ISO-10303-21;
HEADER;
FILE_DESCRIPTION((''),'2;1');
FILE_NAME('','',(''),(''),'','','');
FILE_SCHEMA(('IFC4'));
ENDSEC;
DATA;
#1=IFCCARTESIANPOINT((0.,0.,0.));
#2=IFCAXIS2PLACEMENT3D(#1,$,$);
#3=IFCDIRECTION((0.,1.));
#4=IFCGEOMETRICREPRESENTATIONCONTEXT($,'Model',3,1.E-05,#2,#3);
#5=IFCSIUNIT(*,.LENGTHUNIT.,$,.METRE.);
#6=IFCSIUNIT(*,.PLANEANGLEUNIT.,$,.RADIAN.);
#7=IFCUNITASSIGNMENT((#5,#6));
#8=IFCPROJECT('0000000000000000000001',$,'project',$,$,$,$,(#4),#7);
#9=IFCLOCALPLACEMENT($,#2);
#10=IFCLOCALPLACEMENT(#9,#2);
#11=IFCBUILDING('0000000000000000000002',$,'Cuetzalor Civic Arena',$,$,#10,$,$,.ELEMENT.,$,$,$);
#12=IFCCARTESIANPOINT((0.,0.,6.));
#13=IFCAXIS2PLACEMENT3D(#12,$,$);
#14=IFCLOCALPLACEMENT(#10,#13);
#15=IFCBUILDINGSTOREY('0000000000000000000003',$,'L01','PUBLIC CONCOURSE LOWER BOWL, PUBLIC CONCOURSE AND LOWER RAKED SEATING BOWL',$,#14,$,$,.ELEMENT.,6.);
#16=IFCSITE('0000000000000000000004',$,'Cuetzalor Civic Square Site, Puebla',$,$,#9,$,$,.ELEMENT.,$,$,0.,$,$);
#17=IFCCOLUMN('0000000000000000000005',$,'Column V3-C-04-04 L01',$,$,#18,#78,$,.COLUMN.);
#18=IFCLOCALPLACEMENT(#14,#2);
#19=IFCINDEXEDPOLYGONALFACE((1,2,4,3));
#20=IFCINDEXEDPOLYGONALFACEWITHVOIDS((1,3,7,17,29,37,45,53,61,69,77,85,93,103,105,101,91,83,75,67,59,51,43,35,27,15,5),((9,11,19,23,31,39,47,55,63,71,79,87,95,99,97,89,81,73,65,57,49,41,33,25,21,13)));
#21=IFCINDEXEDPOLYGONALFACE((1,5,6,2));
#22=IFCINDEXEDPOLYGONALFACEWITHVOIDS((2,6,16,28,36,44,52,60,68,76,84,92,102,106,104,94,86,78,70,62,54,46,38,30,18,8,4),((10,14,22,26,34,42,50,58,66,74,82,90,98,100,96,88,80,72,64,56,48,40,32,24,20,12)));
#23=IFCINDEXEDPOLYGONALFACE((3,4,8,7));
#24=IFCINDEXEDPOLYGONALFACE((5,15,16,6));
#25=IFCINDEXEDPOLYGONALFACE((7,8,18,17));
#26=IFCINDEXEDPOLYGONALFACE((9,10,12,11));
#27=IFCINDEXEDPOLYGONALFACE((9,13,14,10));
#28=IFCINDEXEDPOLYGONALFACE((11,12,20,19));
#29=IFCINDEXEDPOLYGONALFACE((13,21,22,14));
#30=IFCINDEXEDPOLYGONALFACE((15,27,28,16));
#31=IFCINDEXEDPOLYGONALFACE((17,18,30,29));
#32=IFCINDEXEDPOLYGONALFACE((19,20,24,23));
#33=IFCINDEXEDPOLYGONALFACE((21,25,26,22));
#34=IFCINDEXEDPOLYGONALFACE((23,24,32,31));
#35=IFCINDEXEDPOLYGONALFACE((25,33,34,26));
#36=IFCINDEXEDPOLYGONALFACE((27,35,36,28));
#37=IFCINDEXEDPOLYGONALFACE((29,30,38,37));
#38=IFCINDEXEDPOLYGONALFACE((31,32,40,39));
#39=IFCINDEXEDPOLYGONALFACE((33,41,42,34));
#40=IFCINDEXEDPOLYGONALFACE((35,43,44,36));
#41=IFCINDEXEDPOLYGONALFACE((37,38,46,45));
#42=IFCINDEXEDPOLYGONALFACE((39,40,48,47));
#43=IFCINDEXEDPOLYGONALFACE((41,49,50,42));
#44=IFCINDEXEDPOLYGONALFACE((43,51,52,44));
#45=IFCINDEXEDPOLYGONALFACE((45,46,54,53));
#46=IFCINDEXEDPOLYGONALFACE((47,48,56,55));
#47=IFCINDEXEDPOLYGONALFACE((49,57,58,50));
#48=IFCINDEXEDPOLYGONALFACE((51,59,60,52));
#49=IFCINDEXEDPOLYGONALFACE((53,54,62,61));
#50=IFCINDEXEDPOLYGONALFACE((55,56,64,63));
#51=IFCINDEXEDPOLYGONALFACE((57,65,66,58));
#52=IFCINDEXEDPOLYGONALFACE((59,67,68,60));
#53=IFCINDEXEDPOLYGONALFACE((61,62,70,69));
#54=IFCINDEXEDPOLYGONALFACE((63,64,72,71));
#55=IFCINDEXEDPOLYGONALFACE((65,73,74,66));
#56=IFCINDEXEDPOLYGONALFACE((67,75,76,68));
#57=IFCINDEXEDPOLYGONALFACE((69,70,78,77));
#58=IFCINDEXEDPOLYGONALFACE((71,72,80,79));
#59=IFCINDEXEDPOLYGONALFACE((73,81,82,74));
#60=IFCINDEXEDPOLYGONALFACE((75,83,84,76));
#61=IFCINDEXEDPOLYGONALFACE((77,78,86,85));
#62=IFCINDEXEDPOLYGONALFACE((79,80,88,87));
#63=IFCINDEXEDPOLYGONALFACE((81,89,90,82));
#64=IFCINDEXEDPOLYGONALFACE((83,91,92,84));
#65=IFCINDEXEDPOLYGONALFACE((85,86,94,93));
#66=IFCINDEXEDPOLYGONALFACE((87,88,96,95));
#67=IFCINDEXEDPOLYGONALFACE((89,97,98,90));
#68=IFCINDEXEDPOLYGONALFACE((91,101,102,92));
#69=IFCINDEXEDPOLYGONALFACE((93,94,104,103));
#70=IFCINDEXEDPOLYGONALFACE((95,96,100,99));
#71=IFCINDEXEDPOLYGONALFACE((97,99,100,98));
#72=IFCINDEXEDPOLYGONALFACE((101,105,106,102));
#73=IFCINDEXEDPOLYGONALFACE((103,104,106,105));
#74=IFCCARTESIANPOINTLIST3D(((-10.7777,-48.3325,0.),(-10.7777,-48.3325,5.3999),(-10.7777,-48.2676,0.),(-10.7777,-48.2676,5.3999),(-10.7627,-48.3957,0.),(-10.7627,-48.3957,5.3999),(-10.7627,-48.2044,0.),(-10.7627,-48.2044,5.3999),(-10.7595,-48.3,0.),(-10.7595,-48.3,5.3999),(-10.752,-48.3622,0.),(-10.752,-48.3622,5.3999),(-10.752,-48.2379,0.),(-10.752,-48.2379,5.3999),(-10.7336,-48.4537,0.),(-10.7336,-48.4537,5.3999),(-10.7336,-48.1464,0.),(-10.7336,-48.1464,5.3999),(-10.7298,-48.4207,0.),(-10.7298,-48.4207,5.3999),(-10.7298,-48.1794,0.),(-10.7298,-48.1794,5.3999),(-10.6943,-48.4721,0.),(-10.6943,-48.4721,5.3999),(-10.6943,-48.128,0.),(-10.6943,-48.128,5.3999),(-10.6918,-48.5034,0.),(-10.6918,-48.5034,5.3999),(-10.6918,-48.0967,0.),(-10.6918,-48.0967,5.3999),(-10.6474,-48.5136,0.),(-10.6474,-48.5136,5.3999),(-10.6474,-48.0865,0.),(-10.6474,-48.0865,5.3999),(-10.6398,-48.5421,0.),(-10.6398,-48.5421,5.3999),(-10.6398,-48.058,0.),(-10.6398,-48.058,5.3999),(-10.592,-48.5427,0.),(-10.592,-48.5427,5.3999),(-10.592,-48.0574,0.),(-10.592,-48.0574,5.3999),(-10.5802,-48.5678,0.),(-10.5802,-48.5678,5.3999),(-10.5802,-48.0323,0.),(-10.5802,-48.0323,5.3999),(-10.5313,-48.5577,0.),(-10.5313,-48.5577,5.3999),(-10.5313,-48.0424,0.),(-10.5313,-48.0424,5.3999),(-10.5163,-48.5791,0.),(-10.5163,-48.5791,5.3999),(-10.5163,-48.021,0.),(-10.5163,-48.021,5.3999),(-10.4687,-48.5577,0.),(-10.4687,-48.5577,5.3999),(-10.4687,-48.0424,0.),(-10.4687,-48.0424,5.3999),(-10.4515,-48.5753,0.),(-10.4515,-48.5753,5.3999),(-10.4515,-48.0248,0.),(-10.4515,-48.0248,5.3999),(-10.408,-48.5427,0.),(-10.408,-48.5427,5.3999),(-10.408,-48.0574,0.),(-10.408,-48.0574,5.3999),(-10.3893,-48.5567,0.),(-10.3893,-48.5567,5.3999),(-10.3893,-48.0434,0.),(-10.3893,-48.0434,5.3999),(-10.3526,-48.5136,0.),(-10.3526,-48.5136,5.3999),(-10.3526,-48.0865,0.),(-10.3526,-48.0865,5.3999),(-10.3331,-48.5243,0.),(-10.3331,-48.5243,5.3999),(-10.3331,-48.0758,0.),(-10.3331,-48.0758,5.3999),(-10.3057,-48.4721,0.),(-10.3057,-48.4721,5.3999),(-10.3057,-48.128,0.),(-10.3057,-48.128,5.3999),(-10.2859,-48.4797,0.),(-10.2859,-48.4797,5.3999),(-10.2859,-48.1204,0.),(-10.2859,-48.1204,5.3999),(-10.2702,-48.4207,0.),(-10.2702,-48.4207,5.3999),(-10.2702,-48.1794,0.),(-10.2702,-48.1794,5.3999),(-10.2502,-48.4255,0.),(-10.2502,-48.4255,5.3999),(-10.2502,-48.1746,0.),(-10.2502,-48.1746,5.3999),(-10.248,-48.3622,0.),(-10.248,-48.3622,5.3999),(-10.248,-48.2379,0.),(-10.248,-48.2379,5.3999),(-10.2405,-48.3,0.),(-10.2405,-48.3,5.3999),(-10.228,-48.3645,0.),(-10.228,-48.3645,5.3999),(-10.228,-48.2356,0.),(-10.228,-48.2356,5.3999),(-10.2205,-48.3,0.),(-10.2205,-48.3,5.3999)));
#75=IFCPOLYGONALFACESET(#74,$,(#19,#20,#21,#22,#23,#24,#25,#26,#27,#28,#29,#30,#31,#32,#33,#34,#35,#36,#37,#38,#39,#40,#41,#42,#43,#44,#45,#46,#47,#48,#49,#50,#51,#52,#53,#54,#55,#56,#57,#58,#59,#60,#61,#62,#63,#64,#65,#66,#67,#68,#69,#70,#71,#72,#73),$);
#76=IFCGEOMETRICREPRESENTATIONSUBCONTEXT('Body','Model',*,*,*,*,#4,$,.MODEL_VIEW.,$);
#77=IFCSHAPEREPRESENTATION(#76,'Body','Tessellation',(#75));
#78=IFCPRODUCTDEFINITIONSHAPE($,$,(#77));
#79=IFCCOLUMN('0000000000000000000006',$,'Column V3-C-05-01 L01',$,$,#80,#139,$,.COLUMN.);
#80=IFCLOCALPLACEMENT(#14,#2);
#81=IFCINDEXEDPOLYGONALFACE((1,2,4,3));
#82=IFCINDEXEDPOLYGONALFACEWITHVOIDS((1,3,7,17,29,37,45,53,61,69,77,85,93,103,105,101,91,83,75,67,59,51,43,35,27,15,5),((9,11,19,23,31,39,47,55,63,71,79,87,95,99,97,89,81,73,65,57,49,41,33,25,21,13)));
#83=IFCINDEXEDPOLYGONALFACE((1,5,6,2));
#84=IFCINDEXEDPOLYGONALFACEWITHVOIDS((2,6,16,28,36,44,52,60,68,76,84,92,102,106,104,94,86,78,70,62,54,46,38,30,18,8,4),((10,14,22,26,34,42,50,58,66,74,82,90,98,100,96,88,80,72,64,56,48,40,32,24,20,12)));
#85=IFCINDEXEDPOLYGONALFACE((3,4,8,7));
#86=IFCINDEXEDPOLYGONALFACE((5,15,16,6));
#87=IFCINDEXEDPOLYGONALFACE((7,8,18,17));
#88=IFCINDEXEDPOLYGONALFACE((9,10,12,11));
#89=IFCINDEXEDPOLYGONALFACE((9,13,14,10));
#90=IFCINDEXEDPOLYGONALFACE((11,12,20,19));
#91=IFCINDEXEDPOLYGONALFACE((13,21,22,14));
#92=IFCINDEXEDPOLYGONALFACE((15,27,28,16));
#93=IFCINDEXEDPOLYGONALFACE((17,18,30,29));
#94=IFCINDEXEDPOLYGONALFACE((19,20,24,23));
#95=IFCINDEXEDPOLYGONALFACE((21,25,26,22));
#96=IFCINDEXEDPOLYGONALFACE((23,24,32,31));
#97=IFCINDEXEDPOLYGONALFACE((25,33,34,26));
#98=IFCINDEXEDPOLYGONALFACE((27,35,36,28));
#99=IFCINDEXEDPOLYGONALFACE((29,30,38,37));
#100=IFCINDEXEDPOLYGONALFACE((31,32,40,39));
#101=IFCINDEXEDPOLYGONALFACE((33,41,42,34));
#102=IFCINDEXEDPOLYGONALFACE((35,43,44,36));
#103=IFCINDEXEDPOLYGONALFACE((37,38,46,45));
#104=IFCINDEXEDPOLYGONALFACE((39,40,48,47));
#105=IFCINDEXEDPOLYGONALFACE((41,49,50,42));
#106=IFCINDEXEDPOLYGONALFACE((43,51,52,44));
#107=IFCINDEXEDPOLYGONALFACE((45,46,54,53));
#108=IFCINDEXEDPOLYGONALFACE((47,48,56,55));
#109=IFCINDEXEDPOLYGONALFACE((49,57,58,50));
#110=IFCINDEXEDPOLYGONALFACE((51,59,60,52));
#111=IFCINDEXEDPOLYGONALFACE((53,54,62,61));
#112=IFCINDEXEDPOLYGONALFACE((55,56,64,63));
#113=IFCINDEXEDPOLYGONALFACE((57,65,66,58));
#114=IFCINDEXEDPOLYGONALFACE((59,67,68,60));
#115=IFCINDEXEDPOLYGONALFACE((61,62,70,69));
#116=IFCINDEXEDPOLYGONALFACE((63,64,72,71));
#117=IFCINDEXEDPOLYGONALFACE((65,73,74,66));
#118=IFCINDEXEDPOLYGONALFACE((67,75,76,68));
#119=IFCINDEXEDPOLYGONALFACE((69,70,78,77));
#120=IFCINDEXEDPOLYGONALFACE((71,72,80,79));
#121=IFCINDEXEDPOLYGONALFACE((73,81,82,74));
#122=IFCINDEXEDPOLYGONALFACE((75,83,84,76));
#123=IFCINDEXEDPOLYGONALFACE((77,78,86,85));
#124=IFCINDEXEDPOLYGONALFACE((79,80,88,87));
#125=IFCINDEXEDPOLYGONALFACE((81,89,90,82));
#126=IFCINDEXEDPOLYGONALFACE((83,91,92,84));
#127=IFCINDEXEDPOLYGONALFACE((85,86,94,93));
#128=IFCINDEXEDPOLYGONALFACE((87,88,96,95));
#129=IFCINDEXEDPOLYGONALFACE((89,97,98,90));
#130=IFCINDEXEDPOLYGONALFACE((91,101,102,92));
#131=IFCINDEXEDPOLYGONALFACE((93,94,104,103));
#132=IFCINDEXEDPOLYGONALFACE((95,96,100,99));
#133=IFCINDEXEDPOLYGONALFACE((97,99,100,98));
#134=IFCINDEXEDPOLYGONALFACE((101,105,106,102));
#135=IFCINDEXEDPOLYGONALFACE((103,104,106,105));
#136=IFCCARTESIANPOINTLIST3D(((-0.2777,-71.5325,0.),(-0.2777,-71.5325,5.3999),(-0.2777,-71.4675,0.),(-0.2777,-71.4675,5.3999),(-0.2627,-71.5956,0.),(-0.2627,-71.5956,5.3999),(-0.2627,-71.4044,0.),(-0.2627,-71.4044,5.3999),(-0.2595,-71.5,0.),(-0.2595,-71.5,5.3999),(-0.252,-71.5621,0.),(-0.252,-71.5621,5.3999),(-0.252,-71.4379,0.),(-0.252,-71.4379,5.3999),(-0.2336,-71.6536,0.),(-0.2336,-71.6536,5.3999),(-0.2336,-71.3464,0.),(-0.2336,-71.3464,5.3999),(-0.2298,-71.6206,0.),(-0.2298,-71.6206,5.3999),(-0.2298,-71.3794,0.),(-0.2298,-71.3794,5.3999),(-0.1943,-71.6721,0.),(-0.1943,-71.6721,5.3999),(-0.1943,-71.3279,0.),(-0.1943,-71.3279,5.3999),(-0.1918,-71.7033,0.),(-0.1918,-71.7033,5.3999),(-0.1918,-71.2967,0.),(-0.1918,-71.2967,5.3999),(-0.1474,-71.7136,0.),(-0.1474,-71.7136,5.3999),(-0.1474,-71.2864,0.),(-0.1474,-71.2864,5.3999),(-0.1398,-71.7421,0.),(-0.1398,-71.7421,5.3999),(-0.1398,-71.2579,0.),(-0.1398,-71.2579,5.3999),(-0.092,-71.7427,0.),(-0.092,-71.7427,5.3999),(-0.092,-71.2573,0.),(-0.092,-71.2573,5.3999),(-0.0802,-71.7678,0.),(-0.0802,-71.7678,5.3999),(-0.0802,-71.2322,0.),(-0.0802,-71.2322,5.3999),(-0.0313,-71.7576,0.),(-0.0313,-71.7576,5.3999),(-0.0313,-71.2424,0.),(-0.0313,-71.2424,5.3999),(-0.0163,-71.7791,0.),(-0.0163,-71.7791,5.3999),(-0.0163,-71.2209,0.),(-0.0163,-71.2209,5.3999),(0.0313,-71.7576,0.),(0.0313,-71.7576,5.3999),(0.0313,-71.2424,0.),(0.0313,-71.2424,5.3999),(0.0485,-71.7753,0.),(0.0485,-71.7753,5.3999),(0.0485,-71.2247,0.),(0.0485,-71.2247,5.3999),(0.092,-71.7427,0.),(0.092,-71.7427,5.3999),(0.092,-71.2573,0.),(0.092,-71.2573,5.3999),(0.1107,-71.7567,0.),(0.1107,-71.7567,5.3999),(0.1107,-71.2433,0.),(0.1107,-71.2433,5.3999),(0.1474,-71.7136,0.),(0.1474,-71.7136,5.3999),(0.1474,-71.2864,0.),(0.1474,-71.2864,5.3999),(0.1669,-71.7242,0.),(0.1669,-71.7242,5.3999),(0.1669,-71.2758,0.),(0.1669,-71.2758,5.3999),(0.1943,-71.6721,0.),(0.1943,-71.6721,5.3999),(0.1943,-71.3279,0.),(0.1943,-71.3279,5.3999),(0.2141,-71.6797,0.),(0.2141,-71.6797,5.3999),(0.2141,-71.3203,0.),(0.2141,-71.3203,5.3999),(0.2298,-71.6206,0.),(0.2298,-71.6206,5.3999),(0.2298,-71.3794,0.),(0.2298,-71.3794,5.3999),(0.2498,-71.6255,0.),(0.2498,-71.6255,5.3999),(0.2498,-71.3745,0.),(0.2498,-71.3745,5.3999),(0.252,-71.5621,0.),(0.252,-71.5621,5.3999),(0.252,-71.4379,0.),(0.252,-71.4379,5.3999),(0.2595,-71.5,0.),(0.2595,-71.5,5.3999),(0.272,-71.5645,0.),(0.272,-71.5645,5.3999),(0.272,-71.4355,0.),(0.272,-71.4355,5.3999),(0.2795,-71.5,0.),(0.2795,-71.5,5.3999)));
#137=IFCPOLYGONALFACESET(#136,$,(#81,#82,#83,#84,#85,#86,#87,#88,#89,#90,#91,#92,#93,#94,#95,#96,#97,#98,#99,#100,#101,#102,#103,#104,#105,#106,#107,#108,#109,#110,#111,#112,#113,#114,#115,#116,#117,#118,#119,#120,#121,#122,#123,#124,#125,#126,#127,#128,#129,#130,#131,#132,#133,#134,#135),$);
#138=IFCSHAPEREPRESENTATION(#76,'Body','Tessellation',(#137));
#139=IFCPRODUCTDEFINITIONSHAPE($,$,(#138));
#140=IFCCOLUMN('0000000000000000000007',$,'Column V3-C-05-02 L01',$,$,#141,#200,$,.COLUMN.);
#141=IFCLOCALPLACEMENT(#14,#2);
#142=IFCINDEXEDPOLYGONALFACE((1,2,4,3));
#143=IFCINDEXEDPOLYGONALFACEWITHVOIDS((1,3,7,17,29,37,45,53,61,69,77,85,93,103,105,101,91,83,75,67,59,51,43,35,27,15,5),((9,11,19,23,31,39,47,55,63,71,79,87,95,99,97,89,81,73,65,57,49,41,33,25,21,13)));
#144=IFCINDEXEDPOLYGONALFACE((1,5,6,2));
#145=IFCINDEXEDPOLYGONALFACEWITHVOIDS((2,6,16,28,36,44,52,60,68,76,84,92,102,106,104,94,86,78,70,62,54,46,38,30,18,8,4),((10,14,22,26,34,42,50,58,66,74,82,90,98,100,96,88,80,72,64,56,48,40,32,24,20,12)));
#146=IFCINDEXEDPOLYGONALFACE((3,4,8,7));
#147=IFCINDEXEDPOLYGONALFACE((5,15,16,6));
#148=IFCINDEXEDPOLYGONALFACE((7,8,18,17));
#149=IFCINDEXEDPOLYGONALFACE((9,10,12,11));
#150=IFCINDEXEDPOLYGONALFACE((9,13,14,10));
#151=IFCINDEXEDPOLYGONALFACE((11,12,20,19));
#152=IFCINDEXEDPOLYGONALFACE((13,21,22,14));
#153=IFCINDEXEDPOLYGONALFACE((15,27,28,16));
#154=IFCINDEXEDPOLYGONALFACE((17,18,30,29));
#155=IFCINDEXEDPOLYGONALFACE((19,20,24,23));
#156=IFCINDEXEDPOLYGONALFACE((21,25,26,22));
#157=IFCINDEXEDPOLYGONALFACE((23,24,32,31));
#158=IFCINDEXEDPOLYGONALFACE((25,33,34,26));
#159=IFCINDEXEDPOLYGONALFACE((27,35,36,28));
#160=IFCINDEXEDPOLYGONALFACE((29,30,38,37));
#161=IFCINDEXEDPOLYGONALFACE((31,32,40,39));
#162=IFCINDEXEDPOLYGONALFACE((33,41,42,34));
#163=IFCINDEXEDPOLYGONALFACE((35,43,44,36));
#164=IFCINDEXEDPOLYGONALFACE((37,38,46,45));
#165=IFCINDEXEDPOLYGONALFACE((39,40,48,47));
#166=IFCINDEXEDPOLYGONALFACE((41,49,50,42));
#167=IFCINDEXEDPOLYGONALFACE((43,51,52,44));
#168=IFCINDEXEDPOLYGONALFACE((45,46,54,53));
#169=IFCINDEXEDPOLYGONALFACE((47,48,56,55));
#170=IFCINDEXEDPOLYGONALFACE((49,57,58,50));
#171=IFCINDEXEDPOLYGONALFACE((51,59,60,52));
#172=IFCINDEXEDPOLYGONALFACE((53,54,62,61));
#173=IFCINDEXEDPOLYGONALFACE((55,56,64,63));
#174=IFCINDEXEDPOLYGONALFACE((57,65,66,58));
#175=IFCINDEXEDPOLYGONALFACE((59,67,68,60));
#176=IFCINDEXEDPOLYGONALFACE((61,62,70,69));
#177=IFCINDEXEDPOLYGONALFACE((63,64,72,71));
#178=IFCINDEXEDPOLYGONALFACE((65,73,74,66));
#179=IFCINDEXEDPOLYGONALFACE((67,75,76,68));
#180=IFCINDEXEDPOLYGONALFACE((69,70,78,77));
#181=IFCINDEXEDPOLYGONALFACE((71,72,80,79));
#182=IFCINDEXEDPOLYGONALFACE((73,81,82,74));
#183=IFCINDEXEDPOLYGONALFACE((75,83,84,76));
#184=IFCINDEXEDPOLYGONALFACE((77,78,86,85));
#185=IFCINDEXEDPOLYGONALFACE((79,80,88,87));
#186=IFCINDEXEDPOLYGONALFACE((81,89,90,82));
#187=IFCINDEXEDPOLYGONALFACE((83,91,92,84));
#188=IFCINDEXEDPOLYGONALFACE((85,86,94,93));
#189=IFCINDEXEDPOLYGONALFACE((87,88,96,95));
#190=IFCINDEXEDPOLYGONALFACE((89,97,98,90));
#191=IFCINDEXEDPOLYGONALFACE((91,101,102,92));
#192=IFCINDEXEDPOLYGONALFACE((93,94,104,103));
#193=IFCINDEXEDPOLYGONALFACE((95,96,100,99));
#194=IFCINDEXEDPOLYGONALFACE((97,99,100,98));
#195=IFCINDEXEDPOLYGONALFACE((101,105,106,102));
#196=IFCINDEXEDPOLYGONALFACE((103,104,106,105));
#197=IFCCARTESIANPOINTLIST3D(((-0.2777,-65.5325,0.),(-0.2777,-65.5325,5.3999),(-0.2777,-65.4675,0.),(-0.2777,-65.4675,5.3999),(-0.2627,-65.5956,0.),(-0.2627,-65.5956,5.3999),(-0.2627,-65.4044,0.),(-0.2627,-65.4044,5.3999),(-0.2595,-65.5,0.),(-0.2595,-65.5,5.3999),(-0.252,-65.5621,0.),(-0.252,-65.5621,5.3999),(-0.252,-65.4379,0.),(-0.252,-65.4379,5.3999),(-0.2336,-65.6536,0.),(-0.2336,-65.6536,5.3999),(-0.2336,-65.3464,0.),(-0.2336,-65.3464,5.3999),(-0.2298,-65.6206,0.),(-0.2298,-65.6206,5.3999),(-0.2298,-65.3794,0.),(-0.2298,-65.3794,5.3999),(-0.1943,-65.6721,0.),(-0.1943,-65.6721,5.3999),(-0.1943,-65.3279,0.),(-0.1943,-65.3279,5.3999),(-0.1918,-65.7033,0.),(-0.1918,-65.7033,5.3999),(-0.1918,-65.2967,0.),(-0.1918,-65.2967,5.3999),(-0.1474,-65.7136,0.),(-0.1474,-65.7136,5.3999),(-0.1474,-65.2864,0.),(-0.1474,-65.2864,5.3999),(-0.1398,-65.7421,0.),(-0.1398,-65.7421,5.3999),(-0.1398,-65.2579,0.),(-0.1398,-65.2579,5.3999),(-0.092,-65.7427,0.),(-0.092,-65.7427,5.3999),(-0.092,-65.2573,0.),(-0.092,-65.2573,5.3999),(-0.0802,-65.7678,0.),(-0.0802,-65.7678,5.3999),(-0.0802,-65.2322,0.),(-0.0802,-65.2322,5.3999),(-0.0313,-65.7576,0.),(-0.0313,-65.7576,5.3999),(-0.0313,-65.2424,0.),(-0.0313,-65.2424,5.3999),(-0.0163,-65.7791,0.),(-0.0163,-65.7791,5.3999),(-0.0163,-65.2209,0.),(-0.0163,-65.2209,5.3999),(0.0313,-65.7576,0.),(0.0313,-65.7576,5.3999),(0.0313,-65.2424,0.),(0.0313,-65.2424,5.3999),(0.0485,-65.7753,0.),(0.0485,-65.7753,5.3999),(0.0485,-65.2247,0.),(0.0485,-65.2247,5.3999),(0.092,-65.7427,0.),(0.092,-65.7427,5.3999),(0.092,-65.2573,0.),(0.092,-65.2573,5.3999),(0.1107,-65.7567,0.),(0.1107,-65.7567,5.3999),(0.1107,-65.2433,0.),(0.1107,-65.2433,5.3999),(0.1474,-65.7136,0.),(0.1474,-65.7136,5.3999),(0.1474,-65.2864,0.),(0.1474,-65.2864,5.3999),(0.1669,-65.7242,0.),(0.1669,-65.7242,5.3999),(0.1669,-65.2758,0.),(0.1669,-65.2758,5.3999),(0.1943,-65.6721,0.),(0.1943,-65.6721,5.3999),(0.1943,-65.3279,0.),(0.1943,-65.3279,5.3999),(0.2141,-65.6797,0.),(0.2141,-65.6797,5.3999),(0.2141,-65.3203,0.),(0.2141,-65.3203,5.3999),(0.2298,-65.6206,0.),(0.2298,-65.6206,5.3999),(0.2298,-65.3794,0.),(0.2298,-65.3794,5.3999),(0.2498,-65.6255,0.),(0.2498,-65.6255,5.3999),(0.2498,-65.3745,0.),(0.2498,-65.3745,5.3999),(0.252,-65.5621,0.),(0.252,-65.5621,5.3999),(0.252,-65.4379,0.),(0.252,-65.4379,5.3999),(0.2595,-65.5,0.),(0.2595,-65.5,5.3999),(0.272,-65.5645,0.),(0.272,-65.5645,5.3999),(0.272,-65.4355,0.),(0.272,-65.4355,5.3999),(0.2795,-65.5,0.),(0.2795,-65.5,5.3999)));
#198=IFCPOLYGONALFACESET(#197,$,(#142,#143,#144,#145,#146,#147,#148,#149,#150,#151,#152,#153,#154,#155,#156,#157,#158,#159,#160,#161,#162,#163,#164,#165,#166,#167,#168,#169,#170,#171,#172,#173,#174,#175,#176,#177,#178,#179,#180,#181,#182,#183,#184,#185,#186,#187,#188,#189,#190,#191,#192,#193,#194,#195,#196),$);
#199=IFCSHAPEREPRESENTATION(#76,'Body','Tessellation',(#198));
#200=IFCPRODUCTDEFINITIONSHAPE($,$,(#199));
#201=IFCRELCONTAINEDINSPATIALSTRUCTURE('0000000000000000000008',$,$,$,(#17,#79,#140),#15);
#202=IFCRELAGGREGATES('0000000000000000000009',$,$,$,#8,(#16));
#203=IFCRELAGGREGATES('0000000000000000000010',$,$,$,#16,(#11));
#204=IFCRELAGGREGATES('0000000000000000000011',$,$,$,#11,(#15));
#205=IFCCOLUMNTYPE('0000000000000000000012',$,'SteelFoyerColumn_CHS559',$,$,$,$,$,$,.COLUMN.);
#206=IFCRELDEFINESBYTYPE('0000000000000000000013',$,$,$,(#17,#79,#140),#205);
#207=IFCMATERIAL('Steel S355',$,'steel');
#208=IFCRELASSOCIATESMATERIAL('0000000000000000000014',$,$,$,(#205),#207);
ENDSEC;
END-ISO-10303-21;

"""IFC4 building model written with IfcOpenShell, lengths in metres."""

from ifc_helpers import new_model, si_unit, direction, frame, origin, origin_2d, place, context, subcontext, project, spatial, hollow_circle, extrude, material, material_profile, profile_set, type_object, element, save


model = new_model("IFC4")

# Units and contexts
model_context = context("Model", 3, precision=1e-05, world=origin(), true_north=direction((0.0, 1.0)))
body_context = subcontext(model_context, "Body", "Model", "MODEL_VIEW")
ifc_project = project(units=[si_unit("LENGTHUNIT", "METRE"), si_unit("PLANEANGLEUNIT", "RADIAN")], contexts=[model_context])

# Site, building, storey
site_placement = place(None, origin())
site = spatial("IfcSite", under=ifc_project, at=site_placement, Name="Cuetzalor Civic Square Site, Puebla", CompositionType="ELEMENT", RefElevation=0.0)
building_placement = place(site_placement, origin())
building = spatial("IfcBuilding", under=site, at=building_placement, Name="Cuetzalor Civic Arena", CompositionType="ELEMENT")
storey_placement = place(building_placement, frame((0.0, 0.0, 6.0)))
storey = spatial("IfcBuildingStorey", under=building, at=storey_placement, Name="L01", Description="PUBLIC CONCOURSE LOWER BOWL, PUBLIC CONCOURSE AND LOWER RAKED SEATING BOWL", CompositionType="ELEMENT", Elevation=6.0)

# Columns
ifc_material_1 = material(Name="Steel S355", Category="steel")
ifc_material_profile_1 = material_profile(ifc_material_1, hollow_circle(Radius=0.2795, WallThickness=0.02, at=origin_2d()), Name="CHS 559x20")
ifc_profile_set_1 = profile_set([ifc_material_profile_1], Name="Steel S355")
column_type_1 = type_object("IfcColumnType", Name="SteelFoyerColumn_CHS559", PredefinedType="COLUMN", material=ifc_profile_set_1)
for number, where, z_axis, x_axis, name in (
    (1, (-10.5, -48.3, 0.0), (0.0, 0.0, 1.0), (1.0, 0.0, 0.0), "Column V3-C-04-04 L01"),
    (2, (0.0, -71.5, 0.0), (0.0, 0.0, 1.0), (1.0, 0.0, 0.0), "Column V3-C-05-01 L01"),
    (3, (0.0, -65.5, 0.0), (0.0, 0.0, 1.0), (1.0, 0.0, 0.0), "Column V3-C-05-02 L01"),
):
    element("IfcColumn", number, at=place(storey_placement, frame(where, z_axis=z_axis, x_axis=x_axis)), inside=storey, type_object=column_type_1, Name=name, PredefinedType="COLUMN", context=body_context, shape_type="SweptSolid", body=[
        extrude(hollow_circle(Radius=0.2795, WallThickness=0.02, at=origin_2d()), origin(), (0.0, 0.0, 1.0), 5.3999),
    ])

save(model, "model.ifc")
